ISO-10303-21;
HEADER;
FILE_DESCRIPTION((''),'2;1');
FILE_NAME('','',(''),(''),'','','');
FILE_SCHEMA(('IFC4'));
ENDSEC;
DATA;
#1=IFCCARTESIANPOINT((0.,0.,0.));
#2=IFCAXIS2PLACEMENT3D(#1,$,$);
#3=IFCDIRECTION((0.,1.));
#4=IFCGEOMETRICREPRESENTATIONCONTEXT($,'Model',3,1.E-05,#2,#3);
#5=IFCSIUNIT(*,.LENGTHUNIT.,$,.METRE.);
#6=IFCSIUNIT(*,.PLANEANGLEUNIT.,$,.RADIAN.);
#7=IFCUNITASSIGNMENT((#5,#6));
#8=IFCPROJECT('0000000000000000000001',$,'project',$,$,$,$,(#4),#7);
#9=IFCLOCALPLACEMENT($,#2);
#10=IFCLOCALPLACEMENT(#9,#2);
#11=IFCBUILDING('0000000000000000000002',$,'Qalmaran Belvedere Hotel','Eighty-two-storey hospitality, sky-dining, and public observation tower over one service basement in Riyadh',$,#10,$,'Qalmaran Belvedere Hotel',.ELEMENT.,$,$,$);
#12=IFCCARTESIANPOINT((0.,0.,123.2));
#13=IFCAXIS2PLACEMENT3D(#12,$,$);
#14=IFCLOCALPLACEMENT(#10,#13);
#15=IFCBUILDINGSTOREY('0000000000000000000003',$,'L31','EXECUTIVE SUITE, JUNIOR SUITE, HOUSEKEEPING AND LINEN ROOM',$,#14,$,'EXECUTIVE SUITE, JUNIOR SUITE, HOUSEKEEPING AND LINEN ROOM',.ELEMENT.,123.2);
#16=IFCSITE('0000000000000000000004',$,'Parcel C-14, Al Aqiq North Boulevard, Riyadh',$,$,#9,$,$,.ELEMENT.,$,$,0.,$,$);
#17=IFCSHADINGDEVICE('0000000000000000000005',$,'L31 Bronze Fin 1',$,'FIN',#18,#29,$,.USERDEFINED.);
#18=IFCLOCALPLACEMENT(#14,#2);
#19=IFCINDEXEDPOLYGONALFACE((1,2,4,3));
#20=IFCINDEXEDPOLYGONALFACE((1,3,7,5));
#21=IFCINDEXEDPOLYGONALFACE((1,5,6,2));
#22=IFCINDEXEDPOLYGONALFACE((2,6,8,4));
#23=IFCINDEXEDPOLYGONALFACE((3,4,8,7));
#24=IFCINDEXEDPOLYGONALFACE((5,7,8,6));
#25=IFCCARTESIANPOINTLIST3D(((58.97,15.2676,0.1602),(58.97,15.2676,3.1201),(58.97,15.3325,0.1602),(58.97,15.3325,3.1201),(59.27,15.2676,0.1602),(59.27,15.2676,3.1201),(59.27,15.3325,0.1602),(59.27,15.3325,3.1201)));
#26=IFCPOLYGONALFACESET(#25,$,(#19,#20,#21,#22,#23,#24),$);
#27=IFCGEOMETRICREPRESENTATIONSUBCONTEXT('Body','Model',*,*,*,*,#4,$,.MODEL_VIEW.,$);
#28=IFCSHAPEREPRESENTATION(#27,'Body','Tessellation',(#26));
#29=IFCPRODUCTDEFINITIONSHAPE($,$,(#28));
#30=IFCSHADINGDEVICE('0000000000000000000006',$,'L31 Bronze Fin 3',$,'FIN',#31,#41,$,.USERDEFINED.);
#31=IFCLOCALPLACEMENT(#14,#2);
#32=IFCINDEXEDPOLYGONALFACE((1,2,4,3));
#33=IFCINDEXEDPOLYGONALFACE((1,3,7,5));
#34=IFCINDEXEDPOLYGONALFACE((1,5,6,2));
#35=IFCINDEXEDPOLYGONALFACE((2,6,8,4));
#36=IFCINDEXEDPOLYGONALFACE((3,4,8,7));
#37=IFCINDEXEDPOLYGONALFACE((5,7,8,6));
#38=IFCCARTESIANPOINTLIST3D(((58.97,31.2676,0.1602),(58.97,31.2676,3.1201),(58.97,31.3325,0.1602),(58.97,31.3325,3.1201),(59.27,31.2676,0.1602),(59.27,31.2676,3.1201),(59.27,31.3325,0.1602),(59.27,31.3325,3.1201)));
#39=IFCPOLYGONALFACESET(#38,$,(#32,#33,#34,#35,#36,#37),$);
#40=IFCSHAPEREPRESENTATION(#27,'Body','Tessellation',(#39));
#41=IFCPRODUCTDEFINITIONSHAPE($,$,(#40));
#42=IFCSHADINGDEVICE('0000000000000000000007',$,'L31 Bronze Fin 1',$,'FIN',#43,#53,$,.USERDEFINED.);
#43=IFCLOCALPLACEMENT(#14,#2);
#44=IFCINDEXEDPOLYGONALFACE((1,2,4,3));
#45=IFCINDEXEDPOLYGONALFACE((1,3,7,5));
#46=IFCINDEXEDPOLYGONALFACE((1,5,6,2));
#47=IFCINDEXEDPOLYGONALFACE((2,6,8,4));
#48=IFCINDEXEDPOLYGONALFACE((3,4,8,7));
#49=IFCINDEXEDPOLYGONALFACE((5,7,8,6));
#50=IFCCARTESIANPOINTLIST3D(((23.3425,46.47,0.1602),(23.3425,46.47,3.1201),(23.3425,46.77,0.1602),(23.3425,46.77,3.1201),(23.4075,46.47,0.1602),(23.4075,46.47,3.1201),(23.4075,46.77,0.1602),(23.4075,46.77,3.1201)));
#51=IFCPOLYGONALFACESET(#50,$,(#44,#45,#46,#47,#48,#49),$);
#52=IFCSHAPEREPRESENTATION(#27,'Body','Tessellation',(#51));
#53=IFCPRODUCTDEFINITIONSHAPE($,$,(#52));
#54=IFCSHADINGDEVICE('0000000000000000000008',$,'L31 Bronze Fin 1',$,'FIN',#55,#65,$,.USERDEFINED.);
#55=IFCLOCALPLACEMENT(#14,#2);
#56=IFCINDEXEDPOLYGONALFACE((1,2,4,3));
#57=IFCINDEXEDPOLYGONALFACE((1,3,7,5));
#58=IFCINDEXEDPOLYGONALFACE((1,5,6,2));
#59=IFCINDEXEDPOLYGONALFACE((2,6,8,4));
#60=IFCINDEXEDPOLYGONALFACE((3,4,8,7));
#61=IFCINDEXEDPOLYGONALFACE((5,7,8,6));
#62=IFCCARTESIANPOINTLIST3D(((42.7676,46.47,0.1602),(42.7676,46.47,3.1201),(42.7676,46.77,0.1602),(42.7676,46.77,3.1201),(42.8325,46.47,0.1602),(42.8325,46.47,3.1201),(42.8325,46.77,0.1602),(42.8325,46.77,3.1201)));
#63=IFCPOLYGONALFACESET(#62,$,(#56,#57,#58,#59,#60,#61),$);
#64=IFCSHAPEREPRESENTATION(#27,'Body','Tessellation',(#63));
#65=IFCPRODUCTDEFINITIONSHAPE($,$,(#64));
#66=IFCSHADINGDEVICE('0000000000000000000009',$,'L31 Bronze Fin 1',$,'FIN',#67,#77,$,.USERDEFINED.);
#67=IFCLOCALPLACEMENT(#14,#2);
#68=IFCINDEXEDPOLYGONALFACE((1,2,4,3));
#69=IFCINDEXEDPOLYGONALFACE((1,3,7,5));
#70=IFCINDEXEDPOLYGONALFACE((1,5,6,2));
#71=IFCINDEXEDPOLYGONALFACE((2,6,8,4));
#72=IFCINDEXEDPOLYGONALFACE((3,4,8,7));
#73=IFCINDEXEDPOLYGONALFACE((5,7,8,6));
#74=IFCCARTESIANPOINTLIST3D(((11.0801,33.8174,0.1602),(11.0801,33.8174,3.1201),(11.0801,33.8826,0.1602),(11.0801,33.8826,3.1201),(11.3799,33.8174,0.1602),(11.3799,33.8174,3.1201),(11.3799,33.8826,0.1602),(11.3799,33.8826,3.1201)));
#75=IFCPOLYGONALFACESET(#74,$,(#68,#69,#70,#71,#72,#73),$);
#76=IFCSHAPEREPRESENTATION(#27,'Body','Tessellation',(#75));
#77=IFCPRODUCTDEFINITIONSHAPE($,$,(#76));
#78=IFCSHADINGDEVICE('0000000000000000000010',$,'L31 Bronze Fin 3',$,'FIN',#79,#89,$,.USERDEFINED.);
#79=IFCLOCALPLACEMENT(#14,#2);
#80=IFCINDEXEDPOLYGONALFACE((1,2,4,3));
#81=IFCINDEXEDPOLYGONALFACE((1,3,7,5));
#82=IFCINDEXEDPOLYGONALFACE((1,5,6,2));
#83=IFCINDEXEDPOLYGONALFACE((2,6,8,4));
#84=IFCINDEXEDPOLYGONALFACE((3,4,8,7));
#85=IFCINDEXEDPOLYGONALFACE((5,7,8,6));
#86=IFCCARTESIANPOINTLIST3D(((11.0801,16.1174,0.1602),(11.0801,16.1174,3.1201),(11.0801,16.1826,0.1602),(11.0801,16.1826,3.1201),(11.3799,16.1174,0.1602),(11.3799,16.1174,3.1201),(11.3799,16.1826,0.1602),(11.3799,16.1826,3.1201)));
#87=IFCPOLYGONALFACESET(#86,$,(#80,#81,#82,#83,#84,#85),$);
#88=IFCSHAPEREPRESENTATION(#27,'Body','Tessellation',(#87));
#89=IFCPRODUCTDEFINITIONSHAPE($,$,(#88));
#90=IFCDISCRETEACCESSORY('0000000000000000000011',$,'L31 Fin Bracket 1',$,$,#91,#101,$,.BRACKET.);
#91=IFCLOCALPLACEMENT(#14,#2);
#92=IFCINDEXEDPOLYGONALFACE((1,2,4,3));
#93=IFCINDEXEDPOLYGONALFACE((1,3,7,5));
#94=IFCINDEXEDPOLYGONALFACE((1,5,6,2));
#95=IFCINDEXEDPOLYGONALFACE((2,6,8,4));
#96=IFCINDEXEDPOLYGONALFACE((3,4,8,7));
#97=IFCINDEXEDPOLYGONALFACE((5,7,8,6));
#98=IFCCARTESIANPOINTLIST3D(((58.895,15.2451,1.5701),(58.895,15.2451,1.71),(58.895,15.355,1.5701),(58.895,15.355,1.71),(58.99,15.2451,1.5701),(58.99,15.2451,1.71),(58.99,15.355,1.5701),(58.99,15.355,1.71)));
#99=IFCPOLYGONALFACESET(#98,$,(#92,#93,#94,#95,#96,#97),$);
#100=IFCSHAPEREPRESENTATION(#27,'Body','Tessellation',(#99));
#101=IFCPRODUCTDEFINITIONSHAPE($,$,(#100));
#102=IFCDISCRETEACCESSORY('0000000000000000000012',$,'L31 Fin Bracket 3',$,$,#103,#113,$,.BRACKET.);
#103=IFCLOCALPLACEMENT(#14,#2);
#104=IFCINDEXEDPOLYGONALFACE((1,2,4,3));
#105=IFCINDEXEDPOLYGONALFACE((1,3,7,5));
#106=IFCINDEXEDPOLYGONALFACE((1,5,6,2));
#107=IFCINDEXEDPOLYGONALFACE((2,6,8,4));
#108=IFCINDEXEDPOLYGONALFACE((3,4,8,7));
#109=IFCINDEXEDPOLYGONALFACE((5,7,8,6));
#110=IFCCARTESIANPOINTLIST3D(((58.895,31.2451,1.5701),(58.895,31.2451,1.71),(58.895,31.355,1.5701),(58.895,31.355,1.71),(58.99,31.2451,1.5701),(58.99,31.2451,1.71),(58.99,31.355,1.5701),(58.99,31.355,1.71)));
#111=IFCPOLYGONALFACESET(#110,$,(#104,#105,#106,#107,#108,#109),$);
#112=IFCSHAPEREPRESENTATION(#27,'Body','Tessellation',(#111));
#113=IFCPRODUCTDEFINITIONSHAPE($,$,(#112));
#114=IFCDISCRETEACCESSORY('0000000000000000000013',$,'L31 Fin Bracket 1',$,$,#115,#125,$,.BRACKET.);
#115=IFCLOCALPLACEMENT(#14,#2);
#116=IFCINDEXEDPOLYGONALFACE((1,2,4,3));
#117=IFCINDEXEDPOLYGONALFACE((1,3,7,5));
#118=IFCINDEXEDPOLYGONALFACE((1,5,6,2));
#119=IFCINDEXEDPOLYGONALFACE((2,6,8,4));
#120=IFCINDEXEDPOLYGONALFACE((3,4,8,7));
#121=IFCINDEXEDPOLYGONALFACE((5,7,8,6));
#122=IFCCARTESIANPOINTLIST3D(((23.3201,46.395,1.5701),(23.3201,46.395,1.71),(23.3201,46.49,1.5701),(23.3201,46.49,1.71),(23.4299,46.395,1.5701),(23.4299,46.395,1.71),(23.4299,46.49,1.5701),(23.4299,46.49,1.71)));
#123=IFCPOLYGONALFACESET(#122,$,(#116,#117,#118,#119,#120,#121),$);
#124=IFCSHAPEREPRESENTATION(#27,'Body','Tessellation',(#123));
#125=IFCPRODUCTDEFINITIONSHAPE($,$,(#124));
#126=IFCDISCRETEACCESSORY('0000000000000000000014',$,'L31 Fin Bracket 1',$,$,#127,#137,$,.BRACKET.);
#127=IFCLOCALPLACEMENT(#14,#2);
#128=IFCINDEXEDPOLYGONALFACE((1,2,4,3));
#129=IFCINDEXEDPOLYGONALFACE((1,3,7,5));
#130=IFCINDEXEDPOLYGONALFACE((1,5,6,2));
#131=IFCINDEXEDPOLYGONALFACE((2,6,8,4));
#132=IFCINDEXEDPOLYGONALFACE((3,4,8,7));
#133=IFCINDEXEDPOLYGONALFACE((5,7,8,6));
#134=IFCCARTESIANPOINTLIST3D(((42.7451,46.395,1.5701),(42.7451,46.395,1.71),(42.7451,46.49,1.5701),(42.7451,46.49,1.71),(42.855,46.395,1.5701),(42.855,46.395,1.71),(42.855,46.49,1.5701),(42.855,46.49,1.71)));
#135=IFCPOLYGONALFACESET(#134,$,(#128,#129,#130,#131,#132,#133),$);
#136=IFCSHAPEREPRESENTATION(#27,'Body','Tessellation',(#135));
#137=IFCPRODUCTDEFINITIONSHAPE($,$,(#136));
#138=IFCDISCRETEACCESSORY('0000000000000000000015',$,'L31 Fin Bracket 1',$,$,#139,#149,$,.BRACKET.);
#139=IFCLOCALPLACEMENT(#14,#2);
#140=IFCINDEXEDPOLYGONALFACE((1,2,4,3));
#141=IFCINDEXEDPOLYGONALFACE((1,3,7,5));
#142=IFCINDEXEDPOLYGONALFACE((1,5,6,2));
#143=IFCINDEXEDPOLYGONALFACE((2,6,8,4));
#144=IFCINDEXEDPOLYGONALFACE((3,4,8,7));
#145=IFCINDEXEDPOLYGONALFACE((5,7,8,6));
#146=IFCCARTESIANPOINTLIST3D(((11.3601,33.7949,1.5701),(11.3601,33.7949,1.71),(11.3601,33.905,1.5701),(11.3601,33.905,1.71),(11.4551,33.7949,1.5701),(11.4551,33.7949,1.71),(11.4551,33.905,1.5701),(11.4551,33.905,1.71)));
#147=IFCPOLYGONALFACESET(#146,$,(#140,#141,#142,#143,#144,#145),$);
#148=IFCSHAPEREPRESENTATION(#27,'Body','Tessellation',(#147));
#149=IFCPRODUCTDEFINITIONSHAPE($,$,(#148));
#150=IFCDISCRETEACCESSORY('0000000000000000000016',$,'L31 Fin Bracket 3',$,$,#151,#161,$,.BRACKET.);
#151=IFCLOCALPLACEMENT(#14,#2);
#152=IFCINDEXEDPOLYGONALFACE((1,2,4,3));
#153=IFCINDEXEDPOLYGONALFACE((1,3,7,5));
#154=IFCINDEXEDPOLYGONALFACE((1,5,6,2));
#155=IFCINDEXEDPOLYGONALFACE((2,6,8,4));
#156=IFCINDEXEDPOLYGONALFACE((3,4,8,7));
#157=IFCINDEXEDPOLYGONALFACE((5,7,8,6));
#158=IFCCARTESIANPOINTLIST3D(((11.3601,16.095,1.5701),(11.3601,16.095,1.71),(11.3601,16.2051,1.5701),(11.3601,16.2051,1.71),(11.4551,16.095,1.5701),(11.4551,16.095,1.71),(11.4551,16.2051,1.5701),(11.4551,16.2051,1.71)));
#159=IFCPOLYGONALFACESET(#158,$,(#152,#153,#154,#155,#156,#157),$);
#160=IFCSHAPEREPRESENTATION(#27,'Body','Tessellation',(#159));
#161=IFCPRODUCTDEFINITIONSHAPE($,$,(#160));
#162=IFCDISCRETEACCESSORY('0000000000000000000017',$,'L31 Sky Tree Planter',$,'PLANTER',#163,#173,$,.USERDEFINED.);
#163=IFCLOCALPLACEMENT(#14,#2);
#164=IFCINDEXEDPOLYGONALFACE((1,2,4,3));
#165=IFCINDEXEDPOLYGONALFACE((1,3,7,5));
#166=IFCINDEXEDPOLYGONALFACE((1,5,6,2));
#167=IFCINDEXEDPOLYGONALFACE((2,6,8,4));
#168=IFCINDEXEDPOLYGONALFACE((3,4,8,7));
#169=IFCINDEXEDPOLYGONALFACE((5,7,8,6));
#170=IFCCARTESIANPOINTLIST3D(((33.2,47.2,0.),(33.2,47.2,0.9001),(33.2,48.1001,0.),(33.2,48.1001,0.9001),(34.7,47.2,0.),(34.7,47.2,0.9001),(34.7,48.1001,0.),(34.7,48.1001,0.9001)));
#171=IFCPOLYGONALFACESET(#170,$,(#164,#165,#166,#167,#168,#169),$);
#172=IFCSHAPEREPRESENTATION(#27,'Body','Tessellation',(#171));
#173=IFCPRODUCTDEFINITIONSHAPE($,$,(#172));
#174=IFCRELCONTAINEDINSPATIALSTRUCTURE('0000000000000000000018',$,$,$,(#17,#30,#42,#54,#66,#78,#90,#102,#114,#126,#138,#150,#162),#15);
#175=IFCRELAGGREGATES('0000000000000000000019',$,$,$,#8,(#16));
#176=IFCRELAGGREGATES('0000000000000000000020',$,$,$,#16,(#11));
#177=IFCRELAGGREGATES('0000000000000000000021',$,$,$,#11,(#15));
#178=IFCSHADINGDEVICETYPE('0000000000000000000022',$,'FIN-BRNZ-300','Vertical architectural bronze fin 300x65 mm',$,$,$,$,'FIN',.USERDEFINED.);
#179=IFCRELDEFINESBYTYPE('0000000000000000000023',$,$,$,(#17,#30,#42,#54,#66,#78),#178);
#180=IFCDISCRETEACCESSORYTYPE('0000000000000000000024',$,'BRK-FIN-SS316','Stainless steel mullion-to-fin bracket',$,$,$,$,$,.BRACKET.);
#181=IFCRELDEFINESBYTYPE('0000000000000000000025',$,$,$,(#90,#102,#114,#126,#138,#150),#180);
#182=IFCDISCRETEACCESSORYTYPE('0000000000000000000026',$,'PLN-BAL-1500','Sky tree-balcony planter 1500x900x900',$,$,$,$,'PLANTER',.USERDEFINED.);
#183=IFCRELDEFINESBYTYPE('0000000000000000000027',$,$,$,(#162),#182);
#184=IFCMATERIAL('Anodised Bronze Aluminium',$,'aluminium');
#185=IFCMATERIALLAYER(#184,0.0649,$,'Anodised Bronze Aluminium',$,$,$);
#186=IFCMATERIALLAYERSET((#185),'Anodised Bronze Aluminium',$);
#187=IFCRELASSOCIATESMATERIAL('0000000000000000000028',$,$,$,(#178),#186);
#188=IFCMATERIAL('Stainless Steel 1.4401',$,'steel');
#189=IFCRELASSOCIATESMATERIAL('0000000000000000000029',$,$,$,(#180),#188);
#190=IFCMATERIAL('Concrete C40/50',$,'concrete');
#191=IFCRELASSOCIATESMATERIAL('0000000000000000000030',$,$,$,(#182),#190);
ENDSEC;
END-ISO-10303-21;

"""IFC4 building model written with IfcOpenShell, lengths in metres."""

from ifc_helpers import new_model, si_unit, direction, frame, origin, place, context, subcontext, project, spatial, polyline, outline, extrude, material, layer, layer_set, type_object, element, save


model = new_model("IFC4")

# Units and contexts
model_context = context("Model", 3, precision=1e-05, world=origin(), true_north=direction((0.0, 1.0)))
body_context = subcontext(model_context, "Body", "Model", "MODEL_VIEW")
ifc_project = project(units=[si_unit("LENGTHUNIT", "METRE"), si_unit("PLANEANGLEUNIT", "RADIAN")], contexts=[model_context])

# Site, building, storey
site_placement = place(None, origin())
site = spatial("IfcSite", under=ifc_project, at=site_placement, Name="Parcel C-14, Al Aqiq North Boulevard, Riyadh", CompositionType="ELEMENT", RefElevation=0.0)
building_placement = place(site_placement, origin())
building = spatial("IfcBuilding", under=site, at=building_placement, Name="Qalmaran Belvedere Hotel", Description="Eighty-two-storey hospitality, sky-dining, and public observation tower over one service basement in Riyadh", LongName="Qalmaran Belvedere Hotel", CompositionType="ELEMENT")
storey_placement = place(building_placement, frame((0.0, 0.0, 123.2)))
storey = spatial("IfcBuildingStorey", under=building, at=storey_placement, Name="L31", Description="EXECUTIVE SUITE, JUNIOR SUITE, HOUSEKEEPING AND LINEN ROOM", LongName="EXECUTIVE SUITE, JUNIOR SUITE, HOUSEKEEPING AND LINEN ROOM", CompositionType="ELEMENT", Elevation=123.2)

# Shared definitions
ifc_material_1 = material(Name="Anodised Bronze Aluminium", Category="aluminium")

# Shared definitions
ifc_material_2 = material(Name="Concrete C40/50", Category="concrete")

# Shading devices
ifc_layer_1 = layer(ifc_material_1, 0.0649, Name="Anodised Bronze Aluminium")
ifc_layer_set_1 = layer_set([ifc_layer_1], Name="Anodised Bronze Aluminium")
shading_device_type = type_object("IfcShadingDeviceType", Name="FIN-BRNZ-300", Description="Vertical architectural bronze fin 300x65 mm", ElementType="FIN", PredefinedType="USERDEFINED", material=ifc_layer_set_1)
shading_device_1_placement = place(storey_placement, frame((0.0, 0.0, 0.1602)))
element("IfcShadingDevice", 1, at=shading_device_1_placement, inside=storey, type_object=shading_device_type, Name="L31 Bronze Fin 1", ObjectType="FIN", PredefinedType="USERDEFINED", context=body_context, shape_type="SweptSolid", body=[
    extrude(outline(polyline([(58.97, 15.2676), (59.27, 15.2676), (59.27, 15.3325), (58.97, 15.3325), (58.97, 15.2676)])), origin(), (0.0, 0.0, 1.0), 2.96),
])
shading_device_2_placement = place(storey_placement, frame((0.0, 0.0, 0.1602)))
element("IfcShadingDevice", 2, at=shading_device_2_placement, inside=storey, type_object=shading_device_type, Name="L31 Bronze Fin 3", ObjectType="FIN", PredefinedType="USERDEFINED", context=body_context, shape_type="SweptSolid", body=[
    extrude(outline(polyline([(58.97, 31.2676), (59.27, 31.2676), (59.27, 31.3325), (58.97, 31.3325), (58.97, 31.2676)])), origin(), (0.0, 0.0, 1.0), 2.96),
])
shading_device_3_placement = place(storey_placement, frame((0.0, 0.0, 0.1602)))
element("IfcShadingDevice", 3, at=shading_device_3_placement, inside=storey, type_object=shading_device_type, Name="L31 Bronze Fin 1", ObjectType="FIN", PredefinedType="USERDEFINED", context=body_context, shape_type="SweptSolid", body=[
    extrude(outline(polyline([(23.4075, 46.47), (23.4075, 46.77), (23.3425, 46.77), (23.3425, 46.47), (23.4075, 46.47)])), origin(), (0.0, 0.0, 1.0), 2.96),
])
shading_device_4_placement = place(storey_placement, frame((0.0, 0.0, 0.1602)))
element("IfcShadingDevice", 4, at=shading_device_4_placement, inside=storey, type_object=shading_device_type, Name="L31 Bronze Fin 1", ObjectType="FIN", PredefinedType="USERDEFINED", context=body_context, shape_type="SweptSolid", body=[
    extrude(outline(polyline([(42.8325, 46.47), (42.8325, 46.77), (42.7676, 46.77), (42.7676, 46.47), (42.8325, 46.47)])), origin(), (0.0, 0.0, 1.0), 2.96),
])
shading_device_5_placement = place(storey_placement, frame((0.0, 0.0, 0.1602)))
element("IfcShadingDevice", 5, at=shading_device_5_placement, inside=storey, type_object=shading_device_type, Name="L31 Bronze Fin 1", ObjectType="FIN", PredefinedType="USERDEFINED", context=body_context, shape_type="SweptSolid", body=[
    extrude(outline(polyline([(11.3799, 33.8826), (11.0801, 33.8826), (11.0801, 33.8174), (11.3799, 33.8174), (11.3799, 33.8826)])), origin(), (0.0, 0.0, 1.0), 2.96),
])
shading_device_6_placement = place(storey_placement, frame((0.0, 0.0, 0.1602)))
element("IfcShadingDevice", 6, at=shading_device_6_placement, inside=storey, type_object=shading_device_type, Name="L31 Bronze Fin 3", ObjectType="FIN", PredefinedType="USERDEFINED", context=body_context, shape_type="SweptSolid", body=[
    extrude(outline(polyline([(11.3799, 16.1826), (11.0801, 16.1826), (11.0801, 16.1174), (11.3799, 16.1174), (11.3799, 16.1826)])), origin(), (0.0, 0.0, 1.0), 2.96),
])

# Discrete accessories
ifc_material_3 = material(Name="Stainless Steel 1.4401", Category="steel")
discrete_accessory_type_1 = type_object("IfcDiscreteAccessoryType", Name="BRK-FIN-SS316", Description="Stainless steel mullion-to-fin bracket", PredefinedType="BRACKET", material=ifc_material_3)
discrete_accessory_1_placement = place(storey_placement, frame((0.0, 0.0, 1.5701)))
element("IfcDiscreteAccessory", 7, at=discrete_accessory_1_placement, inside=storey, type_object=discrete_accessory_type_1, Name="L31 Fin Bracket 1", PredefinedType="BRACKET", context=body_context, shape_type="SweptSolid", body=[
    extrude(outline(polyline([(58.895, 15.2451), (58.99, 15.2451), (58.99, 15.355), (58.895, 15.355), (58.895, 15.2451)])), origin(), (0.0, 0.0, 1.0), 0.1399),
])
discrete_accessory_2_placement = place(storey_placement, frame((0.0, 0.0, 1.5701)))
element("IfcDiscreteAccessory", 8, at=discrete_accessory_2_placement, inside=storey, type_object=discrete_accessory_type_1, Name="L31 Fin Bracket 3", PredefinedType="BRACKET", context=body_context, shape_type="SweptSolid", body=[
    extrude(outline(polyline([(58.895, 31.2451), (58.99, 31.2451), (58.99, 31.355), (58.895, 31.355), (58.895, 31.2451)])), origin(), (0.0, 0.0, 1.0), 0.1399),
])
discrete_accessory_3_placement = place(storey_placement, frame((0.0, 0.0, 1.5701)))
element("IfcDiscreteAccessory", 9, at=discrete_accessory_3_placement, inside=storey, type_object=discrete_accessory_type_1, Name="L31 Fin Bracket 1", PredefinedType="BRACKET", context=body_context, shape_type="SweptSolid", body=[
    extrude(outline(polyline([(23.4299, 46.395), (23.4299, 46.49), (23.3201, 46.49), (23.3201, 46.395), (23.4299, 46.395)])), origin(), (0.0, 0.0, 1.0), 0.1399),
])
discrete_accessory_4_placement = place(storey_placement, frame((0.0, 0.0, 1.5701)))
element("IfcDiscreteAccessory", 10, at=discrete_accessory_4_placement, inside=storey, type_object=discrete_accessory_type_1, Name="L31 Fin Bracket 1", PredefinedType="BRACKET", context=body_context, shape_type="SweptSolid", body=[
    extrude(outline(polyline([(42.855, 46.395), (42.855, 46.49), (42.7451, 46.49), (42.7451, 46.395), (42.855, 46.395)])), origin(), (0.0, 0.0, 1.0), 0.1399),
])
discrete_accessory_5_placement = place(storey_placement, frame((0.0, 0.0, 1.5701)))
element("IfcDiscreteAccessory", 11, at=discrete_accessory_5_placement, inside=storey, type_object=discrete_accessory_type_1, Name="L31 Fin Bracket 1", PredefinedType="BRACKET", context=body_context, shape_type="SweptSolid", body=[
    extrude(outline(polyline([(11.4551, 33.905), (11.3601, 33.905), (11.3601, 33.7949), (11.4551, 33.7949), (11.4551, 33.905)])), origin(), (0.0, 0.0, 1.0), 0.1399),
])
discrete_accessory_6_placement = place(storey_placement, frame((0.0, 0.0, 1.5701)))
element("IfcDiscreteAccessory", 12, at=discrete_accessory_6_placement, inside=storey, type_object=discrete_accessory_type_1, Name="L31 Fin Bracket 3", PredefinedType="BRACKET", context=body_context, shape_type="SweptSolid", body=[
    extrude(outline(polyline([(11.4551, 16.2051), (11.3601, 16.2051), (11.3601, 16.095), (11.4551, 16.095), (11.4551, 16.2051)])), origin(), (0.0, 0.0, 1.0), 0.1399),
])
discrete_accessory_type_2 = type_object("IfcDiscreteAccessoryType", Name="PLN-BAL-1500", Description="Sky tree-balcony planter 1500x900x900", ElementType="PLANTER", PredefinedType="USERDEFINED", material=ifc_material_2)
discrete_accessory_7_placement = place(storey_placement, origin())
element("IfcDiscreteAccessory", 13, at=discrete_accessory_7_placement, inside=storey, type_object=discrete_accessory_type_2, Name="L31 Sky Tree Planter", ObjectType="PLANTER", PredefinedType="USERDEFINED", context=body_context, shape_type="SweptSolid", body=[
    extrude(outline(polyline([(33.2, 47.2), (34.7, 47.2), (34.7, 48.1001), (33.2, 48.1001), (33.2, 47.2)])), origin(), (0.0, 0.0, 1.0), 0.9001),
])

save(model, "model.ifc")
